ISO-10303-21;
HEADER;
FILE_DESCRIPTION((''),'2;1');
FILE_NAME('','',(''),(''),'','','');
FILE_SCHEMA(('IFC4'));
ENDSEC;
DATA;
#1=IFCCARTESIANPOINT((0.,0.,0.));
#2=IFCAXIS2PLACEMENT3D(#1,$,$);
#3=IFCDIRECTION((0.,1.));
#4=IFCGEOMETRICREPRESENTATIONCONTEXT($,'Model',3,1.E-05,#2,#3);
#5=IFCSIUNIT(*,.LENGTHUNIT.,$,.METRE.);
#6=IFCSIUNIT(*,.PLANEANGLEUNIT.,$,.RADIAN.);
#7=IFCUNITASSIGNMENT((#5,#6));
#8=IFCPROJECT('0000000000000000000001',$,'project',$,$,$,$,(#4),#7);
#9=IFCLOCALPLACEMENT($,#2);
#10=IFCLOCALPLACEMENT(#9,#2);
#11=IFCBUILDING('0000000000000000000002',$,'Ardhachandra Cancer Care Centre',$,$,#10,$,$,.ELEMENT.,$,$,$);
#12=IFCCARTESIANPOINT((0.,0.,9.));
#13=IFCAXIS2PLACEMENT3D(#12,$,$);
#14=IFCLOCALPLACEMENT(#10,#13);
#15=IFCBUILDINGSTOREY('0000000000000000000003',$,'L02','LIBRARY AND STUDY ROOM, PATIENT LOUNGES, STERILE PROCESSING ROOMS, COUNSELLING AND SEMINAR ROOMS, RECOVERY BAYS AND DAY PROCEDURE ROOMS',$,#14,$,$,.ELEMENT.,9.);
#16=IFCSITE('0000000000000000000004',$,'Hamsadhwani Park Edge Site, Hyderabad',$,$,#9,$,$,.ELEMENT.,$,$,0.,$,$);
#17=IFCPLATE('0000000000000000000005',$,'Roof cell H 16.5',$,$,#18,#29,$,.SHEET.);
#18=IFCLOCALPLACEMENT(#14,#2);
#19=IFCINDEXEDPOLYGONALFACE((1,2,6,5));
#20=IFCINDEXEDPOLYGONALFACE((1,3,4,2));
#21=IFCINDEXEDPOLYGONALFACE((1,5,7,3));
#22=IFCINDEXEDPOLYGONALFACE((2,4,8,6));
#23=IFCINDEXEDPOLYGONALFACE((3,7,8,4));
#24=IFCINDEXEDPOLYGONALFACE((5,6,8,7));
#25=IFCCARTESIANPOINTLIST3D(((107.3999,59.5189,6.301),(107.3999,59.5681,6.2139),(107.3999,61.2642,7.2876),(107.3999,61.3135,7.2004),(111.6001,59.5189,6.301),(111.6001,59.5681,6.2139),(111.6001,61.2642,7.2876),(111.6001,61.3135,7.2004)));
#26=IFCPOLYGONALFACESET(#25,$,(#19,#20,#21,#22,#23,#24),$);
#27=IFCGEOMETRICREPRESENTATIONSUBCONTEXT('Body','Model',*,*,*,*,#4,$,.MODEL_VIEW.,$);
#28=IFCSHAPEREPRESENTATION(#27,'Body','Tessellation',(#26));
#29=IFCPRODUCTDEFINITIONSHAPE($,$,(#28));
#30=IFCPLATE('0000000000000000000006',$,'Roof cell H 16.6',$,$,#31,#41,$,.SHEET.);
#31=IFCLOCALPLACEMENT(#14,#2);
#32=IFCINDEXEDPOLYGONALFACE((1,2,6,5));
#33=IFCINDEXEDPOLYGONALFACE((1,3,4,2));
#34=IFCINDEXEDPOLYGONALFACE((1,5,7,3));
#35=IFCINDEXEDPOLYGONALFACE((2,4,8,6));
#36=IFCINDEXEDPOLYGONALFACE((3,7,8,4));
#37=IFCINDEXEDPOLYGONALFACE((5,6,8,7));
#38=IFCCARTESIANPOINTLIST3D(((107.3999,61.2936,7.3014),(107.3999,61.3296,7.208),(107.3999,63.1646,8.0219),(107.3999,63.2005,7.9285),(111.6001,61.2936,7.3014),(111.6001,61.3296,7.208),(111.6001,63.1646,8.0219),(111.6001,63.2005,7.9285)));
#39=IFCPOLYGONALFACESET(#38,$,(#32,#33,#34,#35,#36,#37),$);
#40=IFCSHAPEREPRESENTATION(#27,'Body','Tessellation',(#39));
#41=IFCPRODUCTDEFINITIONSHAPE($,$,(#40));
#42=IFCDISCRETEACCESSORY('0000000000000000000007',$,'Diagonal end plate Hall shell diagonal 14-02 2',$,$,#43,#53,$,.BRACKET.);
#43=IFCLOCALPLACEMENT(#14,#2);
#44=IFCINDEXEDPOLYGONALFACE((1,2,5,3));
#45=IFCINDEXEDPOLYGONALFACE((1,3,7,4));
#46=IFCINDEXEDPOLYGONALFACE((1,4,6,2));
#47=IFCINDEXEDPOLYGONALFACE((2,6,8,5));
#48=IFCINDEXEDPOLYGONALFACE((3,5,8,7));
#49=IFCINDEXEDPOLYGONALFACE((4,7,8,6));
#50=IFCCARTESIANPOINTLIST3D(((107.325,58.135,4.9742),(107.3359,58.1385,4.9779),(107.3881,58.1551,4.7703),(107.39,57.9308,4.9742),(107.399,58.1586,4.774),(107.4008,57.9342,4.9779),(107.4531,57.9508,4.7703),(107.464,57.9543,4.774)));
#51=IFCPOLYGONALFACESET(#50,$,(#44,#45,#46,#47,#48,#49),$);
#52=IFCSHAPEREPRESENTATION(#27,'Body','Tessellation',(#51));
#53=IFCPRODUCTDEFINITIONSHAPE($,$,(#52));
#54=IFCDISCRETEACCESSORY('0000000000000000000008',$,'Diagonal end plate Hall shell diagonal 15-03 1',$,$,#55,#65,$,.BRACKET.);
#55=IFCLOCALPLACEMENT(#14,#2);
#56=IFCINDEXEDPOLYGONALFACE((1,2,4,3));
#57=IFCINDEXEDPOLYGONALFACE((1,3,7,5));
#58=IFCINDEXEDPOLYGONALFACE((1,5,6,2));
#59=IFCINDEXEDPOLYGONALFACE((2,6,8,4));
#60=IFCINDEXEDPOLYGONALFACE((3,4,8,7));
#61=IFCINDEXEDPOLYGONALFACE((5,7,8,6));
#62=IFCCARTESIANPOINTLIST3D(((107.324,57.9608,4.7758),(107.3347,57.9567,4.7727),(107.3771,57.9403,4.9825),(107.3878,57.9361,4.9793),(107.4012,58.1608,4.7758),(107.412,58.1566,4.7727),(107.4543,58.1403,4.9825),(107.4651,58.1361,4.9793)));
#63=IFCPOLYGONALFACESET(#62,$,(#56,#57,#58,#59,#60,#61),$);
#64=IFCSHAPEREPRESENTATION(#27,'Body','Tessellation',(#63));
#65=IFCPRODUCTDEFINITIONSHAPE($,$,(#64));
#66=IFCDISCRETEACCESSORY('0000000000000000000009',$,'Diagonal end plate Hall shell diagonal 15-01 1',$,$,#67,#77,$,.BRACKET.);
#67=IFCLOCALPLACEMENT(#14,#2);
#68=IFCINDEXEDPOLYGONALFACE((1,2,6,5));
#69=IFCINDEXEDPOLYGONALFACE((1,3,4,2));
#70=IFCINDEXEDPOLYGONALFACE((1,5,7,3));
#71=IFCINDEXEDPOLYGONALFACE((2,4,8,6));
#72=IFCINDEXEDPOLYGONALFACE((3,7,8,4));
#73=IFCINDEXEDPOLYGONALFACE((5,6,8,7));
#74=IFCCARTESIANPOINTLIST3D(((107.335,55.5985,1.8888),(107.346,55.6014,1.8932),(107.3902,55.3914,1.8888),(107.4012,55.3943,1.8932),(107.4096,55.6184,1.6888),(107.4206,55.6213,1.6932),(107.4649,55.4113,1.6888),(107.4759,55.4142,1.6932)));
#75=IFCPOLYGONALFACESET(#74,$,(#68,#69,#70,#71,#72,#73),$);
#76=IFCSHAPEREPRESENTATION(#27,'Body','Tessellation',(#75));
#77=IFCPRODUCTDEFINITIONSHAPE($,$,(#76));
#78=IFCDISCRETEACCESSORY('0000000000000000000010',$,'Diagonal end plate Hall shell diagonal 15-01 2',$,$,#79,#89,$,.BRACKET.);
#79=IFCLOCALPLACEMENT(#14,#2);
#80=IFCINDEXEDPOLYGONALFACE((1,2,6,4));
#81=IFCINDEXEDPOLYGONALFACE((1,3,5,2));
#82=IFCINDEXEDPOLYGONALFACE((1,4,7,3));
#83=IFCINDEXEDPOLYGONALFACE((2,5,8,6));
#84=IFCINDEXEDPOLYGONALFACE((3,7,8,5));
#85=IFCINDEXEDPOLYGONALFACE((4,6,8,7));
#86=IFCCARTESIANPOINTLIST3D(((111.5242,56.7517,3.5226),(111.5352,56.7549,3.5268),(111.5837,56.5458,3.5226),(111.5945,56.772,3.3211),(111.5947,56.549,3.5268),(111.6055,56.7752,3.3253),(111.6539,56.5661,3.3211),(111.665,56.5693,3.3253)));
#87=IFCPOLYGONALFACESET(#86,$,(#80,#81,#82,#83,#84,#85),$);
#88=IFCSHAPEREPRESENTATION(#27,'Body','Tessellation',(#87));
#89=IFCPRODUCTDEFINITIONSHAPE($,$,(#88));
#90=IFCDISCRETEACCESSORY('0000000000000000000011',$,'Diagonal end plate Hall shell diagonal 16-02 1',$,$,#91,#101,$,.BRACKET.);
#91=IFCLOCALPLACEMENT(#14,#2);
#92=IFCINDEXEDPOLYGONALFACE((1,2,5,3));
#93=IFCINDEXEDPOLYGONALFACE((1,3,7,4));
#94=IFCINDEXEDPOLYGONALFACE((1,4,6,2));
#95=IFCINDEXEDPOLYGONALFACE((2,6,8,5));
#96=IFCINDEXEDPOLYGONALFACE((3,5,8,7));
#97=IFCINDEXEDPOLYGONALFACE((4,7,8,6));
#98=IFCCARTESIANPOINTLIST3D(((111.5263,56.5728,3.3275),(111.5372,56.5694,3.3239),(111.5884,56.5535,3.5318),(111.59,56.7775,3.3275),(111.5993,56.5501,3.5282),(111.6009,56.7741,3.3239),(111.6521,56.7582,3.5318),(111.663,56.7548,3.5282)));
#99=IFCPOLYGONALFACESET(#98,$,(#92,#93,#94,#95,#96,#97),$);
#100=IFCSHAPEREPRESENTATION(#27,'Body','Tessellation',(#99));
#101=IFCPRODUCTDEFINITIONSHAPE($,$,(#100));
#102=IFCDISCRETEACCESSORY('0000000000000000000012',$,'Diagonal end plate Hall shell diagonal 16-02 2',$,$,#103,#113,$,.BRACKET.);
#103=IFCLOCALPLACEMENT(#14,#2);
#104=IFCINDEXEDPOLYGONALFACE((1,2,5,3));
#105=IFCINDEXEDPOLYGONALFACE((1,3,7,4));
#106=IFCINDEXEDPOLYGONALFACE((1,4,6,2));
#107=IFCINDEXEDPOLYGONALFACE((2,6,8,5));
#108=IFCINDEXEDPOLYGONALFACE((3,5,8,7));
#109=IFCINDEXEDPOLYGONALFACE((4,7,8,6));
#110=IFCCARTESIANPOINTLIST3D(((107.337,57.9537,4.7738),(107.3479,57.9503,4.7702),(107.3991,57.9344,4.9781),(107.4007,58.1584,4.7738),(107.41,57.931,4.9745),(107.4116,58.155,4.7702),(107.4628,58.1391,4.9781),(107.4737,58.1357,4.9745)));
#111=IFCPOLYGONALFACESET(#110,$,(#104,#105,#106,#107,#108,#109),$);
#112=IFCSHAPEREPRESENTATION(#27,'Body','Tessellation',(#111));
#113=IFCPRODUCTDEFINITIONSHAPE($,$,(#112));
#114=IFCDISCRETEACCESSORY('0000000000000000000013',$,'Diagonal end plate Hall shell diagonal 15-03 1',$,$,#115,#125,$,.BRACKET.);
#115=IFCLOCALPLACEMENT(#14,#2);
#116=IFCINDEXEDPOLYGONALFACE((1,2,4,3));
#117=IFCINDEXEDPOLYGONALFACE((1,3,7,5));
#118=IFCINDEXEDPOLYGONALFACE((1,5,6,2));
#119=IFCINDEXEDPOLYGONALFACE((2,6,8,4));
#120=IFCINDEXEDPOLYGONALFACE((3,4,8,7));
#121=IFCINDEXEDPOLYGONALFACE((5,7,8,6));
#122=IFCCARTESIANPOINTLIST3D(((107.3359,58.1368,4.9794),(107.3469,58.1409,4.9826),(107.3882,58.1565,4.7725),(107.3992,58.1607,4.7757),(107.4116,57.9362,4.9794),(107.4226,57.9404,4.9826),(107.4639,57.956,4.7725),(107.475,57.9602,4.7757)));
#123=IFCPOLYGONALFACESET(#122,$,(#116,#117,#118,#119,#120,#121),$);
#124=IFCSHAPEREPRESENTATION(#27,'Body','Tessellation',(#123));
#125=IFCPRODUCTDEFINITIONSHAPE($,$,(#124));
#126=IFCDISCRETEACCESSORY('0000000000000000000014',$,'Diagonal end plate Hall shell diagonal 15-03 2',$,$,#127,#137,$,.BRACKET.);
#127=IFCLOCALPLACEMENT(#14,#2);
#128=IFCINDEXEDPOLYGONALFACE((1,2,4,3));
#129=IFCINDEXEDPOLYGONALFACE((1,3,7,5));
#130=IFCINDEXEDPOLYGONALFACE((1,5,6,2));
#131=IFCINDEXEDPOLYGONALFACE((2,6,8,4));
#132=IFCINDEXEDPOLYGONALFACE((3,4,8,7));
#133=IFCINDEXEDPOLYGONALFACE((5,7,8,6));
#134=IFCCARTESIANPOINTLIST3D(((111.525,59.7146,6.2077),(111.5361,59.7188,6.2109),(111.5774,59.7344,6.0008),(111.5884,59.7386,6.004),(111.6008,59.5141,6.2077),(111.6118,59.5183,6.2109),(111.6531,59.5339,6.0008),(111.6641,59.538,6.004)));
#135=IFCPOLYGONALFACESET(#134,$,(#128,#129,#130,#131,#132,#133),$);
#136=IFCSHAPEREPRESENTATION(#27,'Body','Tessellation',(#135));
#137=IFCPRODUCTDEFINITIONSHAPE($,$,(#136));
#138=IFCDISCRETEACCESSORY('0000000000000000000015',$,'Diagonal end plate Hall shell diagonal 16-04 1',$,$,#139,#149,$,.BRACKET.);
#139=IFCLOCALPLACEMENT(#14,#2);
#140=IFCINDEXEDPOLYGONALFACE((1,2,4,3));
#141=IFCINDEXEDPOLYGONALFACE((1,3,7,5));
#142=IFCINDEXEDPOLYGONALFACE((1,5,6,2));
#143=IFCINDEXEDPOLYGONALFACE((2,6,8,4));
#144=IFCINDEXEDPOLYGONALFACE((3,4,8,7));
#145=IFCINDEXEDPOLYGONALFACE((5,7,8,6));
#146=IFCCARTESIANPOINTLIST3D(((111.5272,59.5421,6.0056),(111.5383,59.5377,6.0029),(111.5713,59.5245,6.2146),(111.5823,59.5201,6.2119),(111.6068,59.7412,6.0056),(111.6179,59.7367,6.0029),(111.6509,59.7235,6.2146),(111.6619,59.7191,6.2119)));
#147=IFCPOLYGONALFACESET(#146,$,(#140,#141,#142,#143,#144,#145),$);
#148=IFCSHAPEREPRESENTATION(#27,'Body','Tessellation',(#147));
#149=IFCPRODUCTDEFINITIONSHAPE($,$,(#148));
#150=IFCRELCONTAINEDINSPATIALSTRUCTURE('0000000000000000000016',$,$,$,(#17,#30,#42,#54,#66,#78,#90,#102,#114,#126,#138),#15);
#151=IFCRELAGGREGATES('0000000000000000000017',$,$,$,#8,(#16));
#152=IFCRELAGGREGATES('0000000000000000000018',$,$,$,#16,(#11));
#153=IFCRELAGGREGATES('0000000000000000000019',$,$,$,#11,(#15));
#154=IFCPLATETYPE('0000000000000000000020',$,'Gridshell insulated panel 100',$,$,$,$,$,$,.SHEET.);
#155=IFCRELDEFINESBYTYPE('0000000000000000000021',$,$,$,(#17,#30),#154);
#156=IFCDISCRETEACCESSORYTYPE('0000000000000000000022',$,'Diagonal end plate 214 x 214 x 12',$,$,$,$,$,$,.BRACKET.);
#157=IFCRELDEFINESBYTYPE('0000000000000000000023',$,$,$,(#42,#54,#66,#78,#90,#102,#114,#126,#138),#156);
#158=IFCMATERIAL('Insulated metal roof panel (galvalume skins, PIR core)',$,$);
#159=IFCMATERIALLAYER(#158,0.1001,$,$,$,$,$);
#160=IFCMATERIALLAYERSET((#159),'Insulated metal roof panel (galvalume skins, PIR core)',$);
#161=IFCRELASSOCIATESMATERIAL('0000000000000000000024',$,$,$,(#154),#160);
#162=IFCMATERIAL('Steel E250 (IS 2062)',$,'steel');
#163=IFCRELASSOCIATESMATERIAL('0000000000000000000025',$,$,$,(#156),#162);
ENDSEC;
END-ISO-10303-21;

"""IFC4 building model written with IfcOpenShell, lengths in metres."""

from ifc_helpers import new_model, si_unit, direction, frame, origin, origin_2d, place, context, subcontext, project, spatial, polyline, rectangle, outline, extrude, material, layer, layer_set, material_profile, profile_set, type_object, element, save


model = new_model("IFC4")

# Units and contexts
model_context = context("Model", 3, precision=1e-05, world=origin(), true_north=direction((0.0, 1.0)))
body_context = subcontext(model_context, "Body", "Model", "MODEL_VIEW")
ifc_project = project(units=[si_unit("LENGTHUNIT", "METRE"), si_unit("PLANEANGLEUNIT", "RADIAN")], contexts=[model_context])

# Site, building, storey
site_placement = place(None, origin())
site = spatial("IfcSite", under=ifc_project, at=site_placement, Name="Hamsadhwani Park Edge Site, Hyderabad", CompositionType="ELEMENT", RefElevation=0.0)
building_placement = place(site_placement, origin())
building = spatial("IfcBuilding", under=site, at=building_placement, Name="Ardhachandra Cancer Care Centre", CompositionType="ELEMENT")
storey_placement = place(building_placement, frame((0.0, 0.0, 9.0)))
storey = spatial("IfcBuildingStorey", under=building, at=storey_placement, Name="L02", Description="LIBRARY AND STUDY ROOM, PATIENT LOUNGES, STERILE PROCESSING ROOMS, COUNSELLING AND SEMINAR ROOMS, RECOVERY BAYS AND DAY PROCEDURE ROOMS", CompositionType="ELEMENT", Elevation=9.0)

# Plates
ifc_material_1 = material(Name="Insulated metal roof panel (galvalume skins, PIR core)")
ifc_layer = layer(ifc_material_1, 0.1001)
ifc_layer_set = layer_set([ifc_layer], Name="Insulated metal roof panel (galvalume skins, PIR core)")
plate_type = type_object("IfcPlateType", Name="Gridshell insulated panel 100", PredefinedType="SHEET", material=ifc_layer_set)
for number, where, z_axis, x_axis, name in (
    (1, (107.3999, 59.5681, 6.2139), (0.0, -0.492081, 0.870549), (1.0, 0.0, 0.0), "Roof cell H 16.5"),
    (2, (107.3999, 61.3296, 7.208), (0.0, -0.359371, 0.933195), (1.0, 0.0, 0.0), "Roof cell H 16.6"),
):
    element("IfcPlate", number, at=place(storey_placement, frame(where, z_axis=z_axis, x_axis=x_axis)), inside=storey, type_object=plate_type, Name=name, PredefinedType="SHEET", context=body_context, shape_type="SweptSolid", body=[
        extrude(outline(polyline([(0.0, 0.0), (4.2002, 0.0), (4.2002, 2.0049), (0.0, 2.0049), (0.0, 0.0)])), origin(), (0.0, 0.0, 1.0), 0.1001),
    ])

# Discrete accessories
ifc_material_2 = material(Name="Steel E250 (IS 2062)", Category="steel")
ifc_material_profile_1 = material_profile(ifc_material_2, rectangle(XDim=0.2144, YDim=0.2144, at=origin_2d()), Name="PL 214x214x12")
ifc_profile_set_1 = profile_set([ifc_material_profile_1], Name="Steel E250 (IS 2062)")
discrete_accessory_type = type_object("IfcDiscreteAccessoryType", Name="Diagonal end plate 214 x 214 x 12", PredefinedType="BRACKET", material=ifc_profile_set_1)
for number, where, z_axis, x_axis, name in (
    (3, (107.3999, 58.0464, 4.876), (-0.906302, -0.288369, -0.308967), (0.303204, -0.952926, 0.0), "Diagonal end plate Hall shell diagonal 14-02 2"),
    (4, (107.3999, 58.0464, 4.876), (-0.899271, 0.347446, 0.265694), (-0.360399, -0.932798, 0.0), "Diagonal end plate Hall shell diagonal 15-03 1"),
):
    element("IfcDiscreteAccessory", number, at=place(storey_placement, frame(where, z_axis=z_axis, x_axis=x_axis)), inside=storey, type_object=discrete_accessory_type, Name=name, PredefinedType="BRACKET", context=body_context, shape_type="SweptSolid", body=[
        extrude(rectangle(XDim=0.2144, YDim=0.2144, at=origin_2d()), origin(), (0.0, 0.0, 1.0), 0.012),
    ])
for number, where, z_axis, x_axis, name in (
    (5, (107.3999, 55.5049, 1.7888), (0.901263, 0.240337, 0.360505), (-0.257663, 0.966235, 0.0), "Diagonal end plate Hall shell diagonal 15-01 1"),
    (6, (111.6001, 56.6621, 3.426), (-0.903076, -0.260889, -0.341162), (0.27754, -0.960714, 0.0), "Diagonal end plate Hall shell diagonal 15-01 2"),
):
    element("IfcDiscreteAccessory", number, at=place(storey_placement, frame(where, z_axis=z_axis, x_axis=x_axis)), inside=storey, type_object=discrete_accessory_type, Name=name, PredefinedType="BRACKET", context=body_context, shape_type="SweptSolid", body=[
        extrude(rectangle(XDim=0.2144, YDim=0.2144, at=origin_2d()), origin(), (0.0, 0.0, 1.0), 0.0122),
    ])
for number, where, z_axis, x_axis, name in (
    (7, (111.6001, 56.6621, 3.426), (-0.90988, 0.283074, 0.303293), (-0.297067, -0.954857, 0.0), "Diagonal end plate Hall shell diagonal 16-02 1"),
    (8, (107.3999, 58.0464, 4.876), (0.90988, -0.283074, -0.303293), (0.297067, 0.954857, 0.0), "Diagonal end plate Hall shell diagonal 16-02 2"),
):
    element("IfcDiscreteAccessory", number, at=place(storey_placement, frame(where, z_axis=z_axis, x_axis=x_axis)), inside=storey, type_object=discrete_accessory_type, Name=name, PredefinedType="BRACKET", context=body_context, shape_type="SweptSolid", body=[
        extrude(rectangle(XDim=0.2144, YDim=0.2144, at=origin_2d()), origin(), (0.0, 0.0, 1.0), 0.012),
    ])
for number, where, z_axis, x_axis, name in (
    (9, (107.3999, 58.0464, 4.876), (0.903076, 0.341162, 0.260889), (-0.353401, 0.935472, 0.0), "Diagonal end plate Hall shell diagonal 15-03 1"),
    (10, (111.6001, 59.6284, 6.1074), (-0.903076, -0.341162, -0.260889), (0.353401, -0.935472, 0.0), "Diagonal end plate Hall shell diagonal 15-03 2"),
    (11, (111.6001, 59.6284, 6.1074), (-0.905449, 0.36218, 0.221332), (-0.371391, -0.928477, 0.0), "Diagonal end plate Hall shell diagonal 16-04 1"),
):
    element("IfcDiscreteAccessory", number, at=place(storey_placement, frame(where, z_axis=z_axis, x_axis=x_axis)), inside=storey, type_object=discrete_accessory_type, Name=name, PredefinedType="BRACKET", context=body_context, shape_type="SweptSolid", body=[
        extrude(rectangle(XDim=0.2144, YDim=0.2144, at=origin_2d()), origin(), (0.0, 0.0, 1.0), 0.0122),
    ])

save(model, "model.ifc")
